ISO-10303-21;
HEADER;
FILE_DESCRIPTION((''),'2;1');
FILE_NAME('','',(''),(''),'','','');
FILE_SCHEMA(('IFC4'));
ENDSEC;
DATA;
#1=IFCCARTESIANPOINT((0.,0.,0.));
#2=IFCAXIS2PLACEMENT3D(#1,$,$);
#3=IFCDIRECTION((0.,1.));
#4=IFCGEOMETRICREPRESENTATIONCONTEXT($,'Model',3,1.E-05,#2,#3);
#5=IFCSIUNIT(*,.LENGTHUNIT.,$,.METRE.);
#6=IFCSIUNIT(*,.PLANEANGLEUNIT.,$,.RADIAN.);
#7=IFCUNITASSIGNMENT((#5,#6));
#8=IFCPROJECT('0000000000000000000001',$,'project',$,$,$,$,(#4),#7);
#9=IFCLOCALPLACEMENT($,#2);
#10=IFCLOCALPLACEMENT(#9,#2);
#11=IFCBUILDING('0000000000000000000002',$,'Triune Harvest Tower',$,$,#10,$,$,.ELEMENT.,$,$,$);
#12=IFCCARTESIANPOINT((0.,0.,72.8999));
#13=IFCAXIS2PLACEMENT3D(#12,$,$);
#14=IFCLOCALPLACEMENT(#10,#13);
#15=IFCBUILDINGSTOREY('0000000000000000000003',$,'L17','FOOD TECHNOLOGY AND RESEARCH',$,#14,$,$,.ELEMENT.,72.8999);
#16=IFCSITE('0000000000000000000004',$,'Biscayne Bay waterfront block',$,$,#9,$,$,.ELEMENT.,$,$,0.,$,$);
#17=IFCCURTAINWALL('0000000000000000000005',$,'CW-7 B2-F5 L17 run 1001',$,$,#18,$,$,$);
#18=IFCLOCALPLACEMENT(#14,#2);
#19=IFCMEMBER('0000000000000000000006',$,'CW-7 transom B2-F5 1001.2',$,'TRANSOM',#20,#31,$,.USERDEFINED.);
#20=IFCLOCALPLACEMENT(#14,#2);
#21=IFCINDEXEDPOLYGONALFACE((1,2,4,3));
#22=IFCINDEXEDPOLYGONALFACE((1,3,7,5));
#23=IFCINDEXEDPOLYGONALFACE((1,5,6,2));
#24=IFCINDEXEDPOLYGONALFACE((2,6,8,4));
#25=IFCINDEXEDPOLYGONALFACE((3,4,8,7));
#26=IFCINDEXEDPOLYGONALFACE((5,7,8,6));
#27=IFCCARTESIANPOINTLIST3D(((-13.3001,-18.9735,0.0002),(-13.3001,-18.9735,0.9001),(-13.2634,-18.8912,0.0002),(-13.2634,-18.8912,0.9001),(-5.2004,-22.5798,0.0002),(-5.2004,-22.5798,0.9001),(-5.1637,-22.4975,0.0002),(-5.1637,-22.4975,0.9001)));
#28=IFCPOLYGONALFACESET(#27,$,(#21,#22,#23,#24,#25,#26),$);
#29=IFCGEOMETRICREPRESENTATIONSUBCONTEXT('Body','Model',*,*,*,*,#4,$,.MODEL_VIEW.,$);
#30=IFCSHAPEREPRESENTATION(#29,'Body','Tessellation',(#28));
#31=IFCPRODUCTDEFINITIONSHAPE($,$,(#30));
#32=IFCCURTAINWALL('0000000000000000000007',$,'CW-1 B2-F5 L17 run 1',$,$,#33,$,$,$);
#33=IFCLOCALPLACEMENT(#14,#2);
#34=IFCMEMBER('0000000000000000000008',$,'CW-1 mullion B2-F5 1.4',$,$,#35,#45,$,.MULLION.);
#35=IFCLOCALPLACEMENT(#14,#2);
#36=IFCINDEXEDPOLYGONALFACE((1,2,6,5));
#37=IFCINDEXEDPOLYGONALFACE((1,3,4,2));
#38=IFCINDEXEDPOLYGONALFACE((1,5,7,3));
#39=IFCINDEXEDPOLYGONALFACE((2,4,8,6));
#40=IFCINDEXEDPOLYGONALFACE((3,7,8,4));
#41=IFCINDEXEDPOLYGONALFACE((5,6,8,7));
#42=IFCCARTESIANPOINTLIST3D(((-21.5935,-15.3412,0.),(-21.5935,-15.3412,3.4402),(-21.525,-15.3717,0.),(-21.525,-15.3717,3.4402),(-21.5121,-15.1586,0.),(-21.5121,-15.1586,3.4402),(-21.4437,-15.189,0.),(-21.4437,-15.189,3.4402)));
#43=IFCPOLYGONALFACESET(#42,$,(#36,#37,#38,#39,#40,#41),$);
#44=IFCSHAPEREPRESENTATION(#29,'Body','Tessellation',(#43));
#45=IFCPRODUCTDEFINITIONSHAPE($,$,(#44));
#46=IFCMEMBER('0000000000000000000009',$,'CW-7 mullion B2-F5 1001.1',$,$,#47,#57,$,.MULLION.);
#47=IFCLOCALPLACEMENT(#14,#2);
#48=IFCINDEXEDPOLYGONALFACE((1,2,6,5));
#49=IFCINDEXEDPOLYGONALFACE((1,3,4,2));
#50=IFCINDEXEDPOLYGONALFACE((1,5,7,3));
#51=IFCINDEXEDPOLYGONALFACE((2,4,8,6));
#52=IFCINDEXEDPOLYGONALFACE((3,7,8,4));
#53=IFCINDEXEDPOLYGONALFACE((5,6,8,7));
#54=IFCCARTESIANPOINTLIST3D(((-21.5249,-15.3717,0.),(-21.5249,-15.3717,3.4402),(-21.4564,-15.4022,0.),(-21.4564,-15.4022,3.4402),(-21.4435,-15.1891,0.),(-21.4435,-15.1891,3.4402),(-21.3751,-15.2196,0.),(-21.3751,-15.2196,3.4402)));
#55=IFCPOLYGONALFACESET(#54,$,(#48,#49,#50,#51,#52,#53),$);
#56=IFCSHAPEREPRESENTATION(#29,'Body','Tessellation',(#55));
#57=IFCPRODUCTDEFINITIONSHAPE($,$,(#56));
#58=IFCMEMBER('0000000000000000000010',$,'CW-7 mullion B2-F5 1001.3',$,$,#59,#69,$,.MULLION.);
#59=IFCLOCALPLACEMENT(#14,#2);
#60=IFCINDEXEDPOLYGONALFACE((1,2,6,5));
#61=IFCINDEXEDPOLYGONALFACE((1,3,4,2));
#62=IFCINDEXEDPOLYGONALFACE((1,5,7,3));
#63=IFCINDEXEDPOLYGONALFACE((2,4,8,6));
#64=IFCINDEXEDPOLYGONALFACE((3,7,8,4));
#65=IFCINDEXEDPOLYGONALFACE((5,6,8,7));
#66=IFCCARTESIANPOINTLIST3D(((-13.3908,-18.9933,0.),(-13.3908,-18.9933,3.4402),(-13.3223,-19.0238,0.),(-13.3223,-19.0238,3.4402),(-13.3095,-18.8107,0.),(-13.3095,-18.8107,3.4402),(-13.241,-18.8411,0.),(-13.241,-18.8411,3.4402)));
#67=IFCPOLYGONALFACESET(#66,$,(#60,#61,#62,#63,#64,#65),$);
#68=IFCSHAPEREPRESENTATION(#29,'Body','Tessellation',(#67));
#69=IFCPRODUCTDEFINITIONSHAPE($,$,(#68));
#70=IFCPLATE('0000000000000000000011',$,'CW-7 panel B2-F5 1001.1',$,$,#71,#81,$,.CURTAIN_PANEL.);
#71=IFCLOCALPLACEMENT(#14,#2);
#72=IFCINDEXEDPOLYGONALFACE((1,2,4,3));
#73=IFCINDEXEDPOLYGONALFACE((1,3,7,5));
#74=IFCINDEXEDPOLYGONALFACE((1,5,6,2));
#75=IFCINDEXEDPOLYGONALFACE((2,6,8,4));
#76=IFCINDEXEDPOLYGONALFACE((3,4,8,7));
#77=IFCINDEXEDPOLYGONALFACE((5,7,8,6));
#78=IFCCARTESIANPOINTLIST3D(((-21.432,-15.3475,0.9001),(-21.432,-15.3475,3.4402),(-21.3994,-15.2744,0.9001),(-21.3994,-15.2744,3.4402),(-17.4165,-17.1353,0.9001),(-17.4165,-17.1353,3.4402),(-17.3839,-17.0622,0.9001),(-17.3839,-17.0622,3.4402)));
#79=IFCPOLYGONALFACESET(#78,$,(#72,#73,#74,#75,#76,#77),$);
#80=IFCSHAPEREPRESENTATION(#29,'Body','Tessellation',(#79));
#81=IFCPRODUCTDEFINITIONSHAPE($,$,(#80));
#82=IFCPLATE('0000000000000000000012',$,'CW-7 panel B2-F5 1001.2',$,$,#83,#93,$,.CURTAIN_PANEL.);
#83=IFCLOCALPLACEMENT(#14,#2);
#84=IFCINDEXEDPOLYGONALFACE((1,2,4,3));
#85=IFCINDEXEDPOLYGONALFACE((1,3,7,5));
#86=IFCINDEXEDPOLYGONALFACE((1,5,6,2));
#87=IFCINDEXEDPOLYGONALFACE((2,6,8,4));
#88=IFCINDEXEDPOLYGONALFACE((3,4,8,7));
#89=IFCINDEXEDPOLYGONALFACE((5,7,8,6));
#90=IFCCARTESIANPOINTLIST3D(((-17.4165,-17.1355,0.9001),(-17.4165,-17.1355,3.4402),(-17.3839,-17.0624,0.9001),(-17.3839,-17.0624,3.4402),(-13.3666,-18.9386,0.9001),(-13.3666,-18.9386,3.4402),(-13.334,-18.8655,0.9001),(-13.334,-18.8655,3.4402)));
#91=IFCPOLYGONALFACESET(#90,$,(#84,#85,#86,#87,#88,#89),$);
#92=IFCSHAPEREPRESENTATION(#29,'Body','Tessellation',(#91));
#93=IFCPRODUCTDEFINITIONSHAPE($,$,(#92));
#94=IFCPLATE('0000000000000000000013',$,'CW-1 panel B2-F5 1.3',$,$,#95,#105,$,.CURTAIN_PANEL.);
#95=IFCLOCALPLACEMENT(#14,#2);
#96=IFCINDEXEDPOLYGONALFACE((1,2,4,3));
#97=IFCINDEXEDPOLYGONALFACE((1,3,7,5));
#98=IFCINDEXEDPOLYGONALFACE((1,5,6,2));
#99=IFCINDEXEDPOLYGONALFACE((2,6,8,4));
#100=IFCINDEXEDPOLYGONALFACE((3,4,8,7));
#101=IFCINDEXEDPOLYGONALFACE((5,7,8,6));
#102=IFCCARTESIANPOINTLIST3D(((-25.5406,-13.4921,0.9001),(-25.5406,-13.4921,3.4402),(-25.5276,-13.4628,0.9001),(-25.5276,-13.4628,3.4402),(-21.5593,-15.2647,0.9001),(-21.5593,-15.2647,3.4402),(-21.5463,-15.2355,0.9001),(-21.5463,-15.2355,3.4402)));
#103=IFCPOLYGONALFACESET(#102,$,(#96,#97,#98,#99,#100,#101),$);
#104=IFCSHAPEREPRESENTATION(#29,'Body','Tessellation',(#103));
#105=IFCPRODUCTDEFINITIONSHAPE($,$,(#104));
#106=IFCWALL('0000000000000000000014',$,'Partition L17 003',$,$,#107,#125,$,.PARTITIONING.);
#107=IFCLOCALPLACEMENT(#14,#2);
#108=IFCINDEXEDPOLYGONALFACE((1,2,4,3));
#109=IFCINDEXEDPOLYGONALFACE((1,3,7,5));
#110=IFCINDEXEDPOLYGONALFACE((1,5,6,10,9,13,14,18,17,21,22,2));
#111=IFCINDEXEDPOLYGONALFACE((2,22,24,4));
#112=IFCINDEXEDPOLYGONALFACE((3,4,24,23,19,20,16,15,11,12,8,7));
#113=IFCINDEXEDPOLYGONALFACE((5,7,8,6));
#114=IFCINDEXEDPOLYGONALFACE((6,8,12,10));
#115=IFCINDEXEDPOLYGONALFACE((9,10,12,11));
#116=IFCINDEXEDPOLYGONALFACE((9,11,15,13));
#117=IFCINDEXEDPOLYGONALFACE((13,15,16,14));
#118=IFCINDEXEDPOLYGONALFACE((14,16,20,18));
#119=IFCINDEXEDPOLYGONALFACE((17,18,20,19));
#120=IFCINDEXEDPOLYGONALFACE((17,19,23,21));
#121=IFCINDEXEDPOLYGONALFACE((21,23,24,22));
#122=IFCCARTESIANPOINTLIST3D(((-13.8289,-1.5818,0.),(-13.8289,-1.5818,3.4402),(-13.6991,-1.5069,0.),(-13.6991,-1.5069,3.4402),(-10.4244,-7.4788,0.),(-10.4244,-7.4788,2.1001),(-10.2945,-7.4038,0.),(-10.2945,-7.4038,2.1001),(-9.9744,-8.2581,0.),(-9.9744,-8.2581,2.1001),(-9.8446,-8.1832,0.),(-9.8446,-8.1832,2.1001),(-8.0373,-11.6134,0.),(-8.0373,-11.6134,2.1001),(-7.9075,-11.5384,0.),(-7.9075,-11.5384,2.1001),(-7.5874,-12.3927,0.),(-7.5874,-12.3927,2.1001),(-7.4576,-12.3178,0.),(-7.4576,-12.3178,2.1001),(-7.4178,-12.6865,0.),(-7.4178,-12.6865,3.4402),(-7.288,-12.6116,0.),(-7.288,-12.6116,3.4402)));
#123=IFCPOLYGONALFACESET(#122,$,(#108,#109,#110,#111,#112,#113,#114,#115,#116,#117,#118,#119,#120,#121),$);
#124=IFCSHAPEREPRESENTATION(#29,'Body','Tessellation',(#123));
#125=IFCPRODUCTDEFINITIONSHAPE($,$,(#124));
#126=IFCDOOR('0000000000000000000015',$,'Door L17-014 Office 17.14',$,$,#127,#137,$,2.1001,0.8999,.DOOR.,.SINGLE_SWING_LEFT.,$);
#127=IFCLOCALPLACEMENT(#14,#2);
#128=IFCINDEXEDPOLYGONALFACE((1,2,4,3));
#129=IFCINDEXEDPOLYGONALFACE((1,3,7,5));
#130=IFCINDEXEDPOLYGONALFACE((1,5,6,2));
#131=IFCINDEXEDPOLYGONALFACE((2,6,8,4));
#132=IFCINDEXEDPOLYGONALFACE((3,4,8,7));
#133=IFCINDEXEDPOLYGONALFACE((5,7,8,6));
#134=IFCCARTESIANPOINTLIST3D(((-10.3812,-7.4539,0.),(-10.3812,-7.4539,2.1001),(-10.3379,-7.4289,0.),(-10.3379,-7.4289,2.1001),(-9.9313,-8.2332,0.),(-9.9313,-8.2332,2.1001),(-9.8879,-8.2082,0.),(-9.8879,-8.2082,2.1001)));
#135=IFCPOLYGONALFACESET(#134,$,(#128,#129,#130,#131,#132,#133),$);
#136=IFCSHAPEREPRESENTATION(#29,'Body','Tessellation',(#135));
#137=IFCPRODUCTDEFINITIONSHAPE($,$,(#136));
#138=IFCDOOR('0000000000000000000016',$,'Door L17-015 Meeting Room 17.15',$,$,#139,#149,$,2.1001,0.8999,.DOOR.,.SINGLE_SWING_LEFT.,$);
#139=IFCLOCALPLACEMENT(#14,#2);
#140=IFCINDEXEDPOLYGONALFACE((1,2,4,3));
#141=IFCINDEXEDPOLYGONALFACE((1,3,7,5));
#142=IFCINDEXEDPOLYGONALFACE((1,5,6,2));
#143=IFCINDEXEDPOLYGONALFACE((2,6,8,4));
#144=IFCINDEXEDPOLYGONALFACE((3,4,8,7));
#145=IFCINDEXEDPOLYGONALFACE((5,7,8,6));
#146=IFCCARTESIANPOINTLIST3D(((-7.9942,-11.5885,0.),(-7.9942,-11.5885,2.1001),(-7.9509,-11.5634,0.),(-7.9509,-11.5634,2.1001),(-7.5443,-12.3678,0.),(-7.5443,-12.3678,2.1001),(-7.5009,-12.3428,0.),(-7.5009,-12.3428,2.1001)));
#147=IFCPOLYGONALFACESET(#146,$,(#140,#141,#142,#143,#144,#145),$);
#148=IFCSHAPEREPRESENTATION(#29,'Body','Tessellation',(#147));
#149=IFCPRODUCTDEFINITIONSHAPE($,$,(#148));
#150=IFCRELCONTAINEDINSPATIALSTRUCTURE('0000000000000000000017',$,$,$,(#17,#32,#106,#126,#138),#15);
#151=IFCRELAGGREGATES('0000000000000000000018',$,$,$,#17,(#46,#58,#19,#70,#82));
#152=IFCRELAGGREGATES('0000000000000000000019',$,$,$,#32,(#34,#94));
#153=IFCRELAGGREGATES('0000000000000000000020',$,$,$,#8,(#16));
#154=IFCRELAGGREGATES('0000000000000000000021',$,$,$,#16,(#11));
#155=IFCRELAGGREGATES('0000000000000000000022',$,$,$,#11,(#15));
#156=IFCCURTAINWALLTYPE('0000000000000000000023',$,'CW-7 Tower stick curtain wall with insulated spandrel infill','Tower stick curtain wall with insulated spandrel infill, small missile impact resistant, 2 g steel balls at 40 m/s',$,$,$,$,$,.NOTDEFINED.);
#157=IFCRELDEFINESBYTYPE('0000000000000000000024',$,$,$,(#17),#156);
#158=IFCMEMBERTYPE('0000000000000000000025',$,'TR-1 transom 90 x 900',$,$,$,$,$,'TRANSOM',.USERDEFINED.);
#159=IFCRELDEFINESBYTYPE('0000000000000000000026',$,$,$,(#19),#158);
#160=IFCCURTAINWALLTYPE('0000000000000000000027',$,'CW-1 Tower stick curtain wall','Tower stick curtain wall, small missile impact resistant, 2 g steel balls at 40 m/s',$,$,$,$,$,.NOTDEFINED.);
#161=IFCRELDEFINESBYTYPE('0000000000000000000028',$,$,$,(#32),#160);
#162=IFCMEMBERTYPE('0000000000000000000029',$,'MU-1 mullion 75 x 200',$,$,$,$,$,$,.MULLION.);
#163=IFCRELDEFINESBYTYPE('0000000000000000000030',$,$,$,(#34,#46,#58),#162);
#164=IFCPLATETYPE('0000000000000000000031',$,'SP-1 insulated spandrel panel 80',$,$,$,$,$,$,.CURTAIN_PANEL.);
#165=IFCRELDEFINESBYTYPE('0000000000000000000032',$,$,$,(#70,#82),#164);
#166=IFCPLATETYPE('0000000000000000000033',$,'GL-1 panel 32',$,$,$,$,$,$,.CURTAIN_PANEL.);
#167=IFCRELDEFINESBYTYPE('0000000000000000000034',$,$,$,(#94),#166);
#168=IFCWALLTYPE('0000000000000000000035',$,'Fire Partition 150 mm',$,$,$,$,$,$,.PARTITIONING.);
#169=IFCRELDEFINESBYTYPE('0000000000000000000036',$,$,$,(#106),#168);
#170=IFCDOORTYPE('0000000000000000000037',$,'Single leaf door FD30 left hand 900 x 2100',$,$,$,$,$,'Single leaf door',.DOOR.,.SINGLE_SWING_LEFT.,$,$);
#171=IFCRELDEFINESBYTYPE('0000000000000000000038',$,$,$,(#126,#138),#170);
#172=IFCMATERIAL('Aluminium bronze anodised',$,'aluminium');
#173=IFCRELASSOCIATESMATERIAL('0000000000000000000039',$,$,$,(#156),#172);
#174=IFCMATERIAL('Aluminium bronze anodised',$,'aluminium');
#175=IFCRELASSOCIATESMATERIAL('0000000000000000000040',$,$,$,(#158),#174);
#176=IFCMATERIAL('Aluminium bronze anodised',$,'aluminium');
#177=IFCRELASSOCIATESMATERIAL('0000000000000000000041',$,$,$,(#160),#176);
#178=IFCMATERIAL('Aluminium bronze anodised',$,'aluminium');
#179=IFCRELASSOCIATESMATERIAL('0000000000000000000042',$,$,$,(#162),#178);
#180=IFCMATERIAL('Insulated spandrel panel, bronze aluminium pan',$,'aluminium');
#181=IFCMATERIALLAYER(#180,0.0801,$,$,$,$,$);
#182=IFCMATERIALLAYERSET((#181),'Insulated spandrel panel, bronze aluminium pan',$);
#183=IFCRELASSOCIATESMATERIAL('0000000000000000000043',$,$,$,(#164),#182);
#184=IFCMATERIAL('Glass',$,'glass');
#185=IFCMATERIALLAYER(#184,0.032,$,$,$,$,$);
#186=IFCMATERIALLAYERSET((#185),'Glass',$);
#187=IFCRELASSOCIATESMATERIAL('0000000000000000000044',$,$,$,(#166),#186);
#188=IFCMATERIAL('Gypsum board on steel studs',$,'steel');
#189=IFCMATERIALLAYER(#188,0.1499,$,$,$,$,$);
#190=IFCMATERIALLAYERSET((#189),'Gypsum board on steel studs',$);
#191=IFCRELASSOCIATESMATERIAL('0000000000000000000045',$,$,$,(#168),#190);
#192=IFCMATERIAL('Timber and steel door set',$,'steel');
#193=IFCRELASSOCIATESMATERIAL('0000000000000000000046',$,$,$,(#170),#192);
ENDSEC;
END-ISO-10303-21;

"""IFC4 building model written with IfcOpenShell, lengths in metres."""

from ifc_helpers import new_model, si_unit, direction, frame, frame_2d, origin, origin_2d, place, context, subcontext, project, spatial, rectangle, extrude, source, transform, mapped, material, layer, layer_set, material_profile, profile_set, type_object, element, fill, aggregate, save


model = new_model("IFC4")

# Units and contexts
model_context = context("Model", 3, precision=1e-05, world=origin(), true_north=direction((0.0, 1.0)))
body_context = subcontext(model_context, "Body", "Model", "MODEL_VIEW")
ifc_project = project(units=[si_unit("LENGTHUNIT", "METRE"), si_unit("PLANEANGLEUNIT", "RADIAN")], contexts=[model_context])

# Site, building, storey
site_placement = place(None, origin())
site = spatial("IfcSite", under=ifc_project, at=site_placement, Name="Biscayne Bay waterfront block", CompositionType="ELEMENT", RefElevation=0.0)
building_placement = place(site_placement, origin())
building = spatial("IfcBuilding", under=site, at=building_placement, Name="Triune Harvest Tower", CompositionType="ELEMENT")
storey_placement = place(building_placement, frame((0.0, 0.0, 72.8999)))
storey = spatial("IfcBuildingStorey", under=building, at=storey_placement, Name="L17", Description="FOOD TECHNOLOGY AND RESEARCH", CompositionType="ELEMENT", Elevation=72.8999)

# Curtain wall, member
ifc_material_1 = material(Name="Aluminium bronze anodised", Category="aluminium")
curtain_wall_type_1 = type_object("IfcCurtainWallType", Name="CW-7 Tower stick curtain wall with insulated spandrel infill", Description="Tower stick curtain wall with insulated spandrel infill, small missile impact resistant, 2 g steel balls at 40 m/s", PredefinedType="NOTDEFINED", material=ifc_material_1)
curtain_wall_1_placement = place(storey_placement, origin())
curtain_wall_1 = element("IfcCurtainWall", 1, at=curtain_wall_1_placement, inside=storey, type_object=curtain_wall_type_1, Name="CW-7 B2-F5 L17 run 1001")
ifc_material_2 = material(Name="Aluminium bronze anodised", Category="aluminium")
ifc_material_profile_1 = material_profile(ifc_material_2, rectangle(XDim=0.0901, YDim=0.8999, at=origin_2d()), Name="TR-1 transom 90 x 900")
ifc_profile_set_1 = profile_set([ifc_material_profile_1], Name="Aluminium bronze anodised")
member_type_1 = type_object("IfcMemberType", Name="TR-1 transom 90 x 900", ElementType="TRANSOM", PredefinedType="USERDEFINED", material=ifc_profile_set_1)
shared_shape_1 = source(origin(), body_context, "Body", "SweptSolid", [
    extrude(rectangle(XDim=0.0901, YDim=0.8999, at=origin_2d()), origin(), (0.0, 0.0, 1.0), 8.8662),
])
member_1_placement = place(storey_placement, frame((-13.2817, -18.9324, 0.4502), z_axis=(0.913545, -0.406739, 0.0), x_axis=(0.406739, 0.913545, 0.0)))
member_1 = element("IfcMember", 2, at=member_1_placement, type_object=member_type_1, Name="CW-7 transom B2-F5 1001.2", ObjectType="TRANSOM", PredefinedType="USERDEFINED", context=body_context, shape_type="MappedRepresentation", body=[
    mapped(shared_shape_1, transform((0.0, 0.0, 0.0), scale=1.0)),
])

# Curtain wall, member
ifc_material_3 = material(Name="Aluminium bronze anodised", Category="aluminium")
curtain_wall_type_2 = type_object("IfcCurtainWallType", Name="CW-1 Tower stick curtain wall", Description="Tower stick curtain wall, small missile impact resistant, 2 g steel balls at 40 m/s", PredefinedType="NOTDEFINED", material=ifc_material_3)
curtain_wall_2_placement = place(storey_placement, origin())
curtain_wall_2 = element("IfcCurtainWall", 3, at=curtain_wall_2_placement, inside=storey, type_object=curtain_wall_type_2, Name="CW-1 B2-F5 L17 run 1")
ifc_material_4 = material(Name="Aluminium bronze anodised", Category="aluminium")
ifc_material_profile_2 = material_profile(ifc_material_4, rectangle(XDim=0.2, YDim=0.075, at=origin_2d()), Name="MU-1 mullion 75 x 200")
ifc_profile_set_2 = profile_set([ifc_material_profile_2], Name="Aluminium bronze anodised")
member_type_2 = type_object("IfcMemberType", Name="MU-1 mullion 75 x 200", PredefinedType="MULLION", material=ifc_profile_set_2)
shared_shape_2 = source(origin(), body_context, "Body", "SweptSolid", [
    extrude(rectangle(XDim=0.2, YDim=0.075, at=origin_2d()), origin(), (0.0, 0.0, 1.0), 3.4402),
])
member_2_placement = place(storey_placement, frame((-21.5186, -15.2651, 0.0), z_axis=(0.0, 0.0, 1.0), x_axis=(0.406741, 0.913543, 0.0)))
member_2 = element("IfcMember", 4, at=member_2_placement, type_object=member_type_2, Name="CW-1 mullion B2-F5 1.4", PredefinedType="MULLION", context=body_context, shape_type="MappedRepresentation", body=[
    mapped(shared_shape_2, transform((0.0, 0.0, 0.0), scale=1.0)),
])

# Members
member_3_placement = place(storey_placement, frame((-21.45, -15.2957, 0.0), z_axis=(0.0, 0.0, 1.0), x_axis=(0.406735, 0.913546, 0.0)))
member_3 = element("IfcMember", 5, at=member_3_placement, type_object=member_type_2, Name="CW-7 mullion B2-F5 1001.1", PredefinedType="MULLION", context=body_context, shape_type="MappedRepresentation", body=[
    mapped(shared_shape_2, transform((0.0, 0.0, 0.0), scale=1.0)),
])
member_4_placement = place(storey_placement, frame((-13.3159, -18.9172, 0.0), z_axis=(0.0, 0.0, 1.0), x_axis=(0.406735, 0.913546, 0.0)))
member_4 = element("IfcMember", 6, at=member_4_placement, type_object=member_type_2, Name="CW-7 mullion B2-F5 1001.3", PredefinedType="MULLION", context=body_context, shape_type="MappedRepresentation", body=[
    mapped(shared_shape_2, transform((0.0, 0.0, 0.0), scale=1.0)),
])

# Plates
ifc_material_5 = material(Name="Insulated spandrel panel, bronze aluminium pan", Category="aluminium")
ifc_layer_1 = layer(ifc_material_5, 0.0801)
ifc_layer_set_1 = layer_set([ifc_layer_1], Name="Insulated spandrel panel, bronze aluminium pan")
plate_type_1 = type_object("IfcPlateType", Name="SP-1 insulated spandrel panel 80", PredefinedType="CURTAIN_PANEL", material=ifc_layer_set_1)
shared_shape_3 = source(origin(), body_context, "Body", "SweptSolid", [
    extrude(rectangle(XDim=4.3955, YDim=0.0801, at=origin_2d()), origin(), (0.0, 0.0, 1.0), 2.54),
])
plate_1_placement = place(storey_placement, frame((-19.408, -16.2048, 0.9001), z_axis=(0.0, 0.0, 1.0), x_axis=(0.913546, -0.406735, 0.0)))
plate_1 = element("IfcPlate", 7, at=plate_1_placement, type_object=plate_type_1, Name="CW-7 panel B2-F5 1001.1", PredefinedType="CURTAIN_PANEL", context=body_context, shape_type="MappedRepresentation", body=[
    mapped(shared_shape_3, transform((0.0, 0.0, 0.0), scale=1.0)),
])
shared_shape_4 = source(origin(), body_context, "Body", "SweptSolid", [
    extrude(rectangle(XDim=4.4331, YDim=0.0801, at=origin_2d()), origin(), (0.0, 0.0, 1.0), 2.54),
])
plate_2_placement = place(storey_placement, frame((-15.3752, -18.0005, 0.9001), z_axis=(0.0, 0.0, 1.0), x_axis=(0.913546, -0.406735, 0.0)))
plate_2 = element("IfcPlate", 8, at=plate_2_placement, type_object=plate_type_1, Name="CW-7 panel B2-F5 1001.2", PredefinedType="CURTAIN_PANEL", context=body_context, shape_type="MappedRepresentation", body=[
    mapped(shared_shape_4, transform((0.0, 0.0, 0.0), scale=1.0)),
])
aggregate(curtain_wall_1, [member_3, member_4, member_1, plate_1, plate_2])
ifc_material_6 = material(Name="Glass", Category="glass")
ifc_layer_2 = layer(ifc_material_6, 0.032)
ifc_layer_set_2 = layer_set([ifc_layer_2], Name="Glass")
plate_type_2 = type_object("IfcPlateType", Name="GL-1 panel 32", PredefinedType="CURTAIN_PANEL", material=ifc_layer_set_2)
shared_shape_5 = source(origin(), body_context, "Body", "SweptSolid", [
    extrude(rectangle(XDim=4.3582, YDim=0.032, at=origin_2d()), origin(), (0.0, 0.0, 1.0), 2.54),
])
plate_3_placement = place(storey_placement, frame((-23.5435, -14.3638, 0.9001), z_axis=(0.0, 0.0, 1.0), x_axis=(0.913543, -0.406741, 0.0)))
plate_3 = element("IfcPlate", 9, at=plate_3_placement, type_object=plate_type_2, Name="CW-1 panel B2-F5 1.3", PredefinedType="CURTAIN_PANEL", context=body_context, shape_type="MappedRepresentation", body=[
    mapped(shared_shape_5, transform((0.0, 0.0, 0.0), scale=1.0)),
])
aggregate(curtain_wall_2, [member_2, plate_3])

# Wall, openings, doors
ifc_material_7 = material(Name="Gypsum board on steel studs", Category="steel")
ifc_layer_3 = layer(ifc_material_7, 0.1499)
ifc_layer_set_3 = layer_set([ifc_layer_3], Name="Gypsum board on steel studs")
wall_type_1 = type_object("IfcWallType", Name="Fire Partition 150 mm", PredefinedType="PARTITIONING", material=ifc_layer_set_3)
wall_1_placement = place(storey_placement, frame((-13.7639, -1.5444, 0.0), z_axis=(0.0, 0.0, 1.0), x_axis=(0.499989, -0.866032, 0.0)))
wall_1 = element("IfcWall", 10, at=wall_1_placement, inside=storey, type_object=wall_type_1, Name="Partition L17 003", PredefinedType="PARTITIONING", context=body_context, shape_type="SweptSolid", body=[
    extrude(rectangle(XDim=12.8225, YDim=0.1499, at=frame_2d((6.4111, 0.0))), origin(), (0.0, 0.0, 1.0), 3.4402),
])
opening_1_placement = place(wall_1_placement, frame((6.8091, 0.0, 0.0)))
opening_1 = element("IfcOpeningElement", 11, at=opening_1_placement, cuts=wall_1, PredefinedType="OPENING", context=body_context, shape_type="SweptSolid", body=[
    extrude(rectangle(XDim=0.8999, YDim=2.1001, at=frame_2d((0.45, 1.05))), frame((0.0, 0.085, 0.0), z_axis=(0.0, -1.0, 0.0), x_axis=(1.0, 0.0, 0.0)), (0.0, 0.0, 1.0), 0.1699),
])
opening_2_placement = place(wall_1_placement, frame((11.5833, 0.0, 0.0)))
opening_2 = element("IfcOpeningElement", 12, at=opening_2_placement, cuts=wall_1, PredefinedType="OPENING", context=body_context, shape_type="SweptSolid", body=[
    extrude(rectangle(XDim=0.8999, YDim=2.1001, at=frame_2d((0.45, 1.05))), frame((0.0, 0.085, 0.0), z_axis=(0.0, -1.0, 0.0), x_axis=(1.0, 0.0, 0.0)), (0.0, 0.0, 1.0), 0.1699),
])
ifc_material_8 = material(Name="Timber and steel door set", Category="steel")
door_type_1 = type_object("IfcDoorType", Name="Single leaf door FD30 left hand 900 x 2100", ElementType="Single leaf door", OperationType="SINGLE_SWING_LEFT", PredefinedType="DOOR", material=ifc_material_8)
door_1_placement = place(opening_1_placement, origin())
door_1 = element("IfcDoor", 13, at=door_1_placement, inside=storey, type_object=door_type_1, Name="Door L17-014 Office 17.14", OperationType="SINGLE_SWING_LEFT", OverallHeight=2.1001, OverallWidth=0.8999, PredefinedType="DOOR", context=body_context, shape_type="SweptSolid", body=[
    extrude(rectangle(XDim=0.8999, YDim=2.1001, at=frame_2d((0.45, 1.05))), frame((0.0, 0.0249, 0.0), z_axis=(0.0, -1.0, 0.0), x_axis=(1.0, 0.0, 0.0)), (0.0, 0.0, 1.0), 0.05),
])
fill(opening_1, door_1)
door_2_placement = place(opening_2_placement, origin())
door_2 = element("IfcDoor", 14, at=door_2_placement, inside=storey, type_object=door_type_1, Name="Door L17-015 Meeting Room 17.15", OperationType="SINGLE_SWING_LEFT", OverallHeight=2.1001, OverallWidth=0.8999, PredefinedType="DOOR", context=body_context, shape_type="SweptSolid", body=[
    extrude(rectangle(XDim=0.8999, YDim=2.1001, at=frame_2d((0.45, 1.05))), frame((0.0, 0.0249, 0.0), z_axis=(0.0, -1.0, 0.0), x_axis=(1.0, 0.0, 0.0)), (0.0, 0.0, 1.0), 0.05),
])
fill(opening_2, door_2)

save(model, "model.ifc")
